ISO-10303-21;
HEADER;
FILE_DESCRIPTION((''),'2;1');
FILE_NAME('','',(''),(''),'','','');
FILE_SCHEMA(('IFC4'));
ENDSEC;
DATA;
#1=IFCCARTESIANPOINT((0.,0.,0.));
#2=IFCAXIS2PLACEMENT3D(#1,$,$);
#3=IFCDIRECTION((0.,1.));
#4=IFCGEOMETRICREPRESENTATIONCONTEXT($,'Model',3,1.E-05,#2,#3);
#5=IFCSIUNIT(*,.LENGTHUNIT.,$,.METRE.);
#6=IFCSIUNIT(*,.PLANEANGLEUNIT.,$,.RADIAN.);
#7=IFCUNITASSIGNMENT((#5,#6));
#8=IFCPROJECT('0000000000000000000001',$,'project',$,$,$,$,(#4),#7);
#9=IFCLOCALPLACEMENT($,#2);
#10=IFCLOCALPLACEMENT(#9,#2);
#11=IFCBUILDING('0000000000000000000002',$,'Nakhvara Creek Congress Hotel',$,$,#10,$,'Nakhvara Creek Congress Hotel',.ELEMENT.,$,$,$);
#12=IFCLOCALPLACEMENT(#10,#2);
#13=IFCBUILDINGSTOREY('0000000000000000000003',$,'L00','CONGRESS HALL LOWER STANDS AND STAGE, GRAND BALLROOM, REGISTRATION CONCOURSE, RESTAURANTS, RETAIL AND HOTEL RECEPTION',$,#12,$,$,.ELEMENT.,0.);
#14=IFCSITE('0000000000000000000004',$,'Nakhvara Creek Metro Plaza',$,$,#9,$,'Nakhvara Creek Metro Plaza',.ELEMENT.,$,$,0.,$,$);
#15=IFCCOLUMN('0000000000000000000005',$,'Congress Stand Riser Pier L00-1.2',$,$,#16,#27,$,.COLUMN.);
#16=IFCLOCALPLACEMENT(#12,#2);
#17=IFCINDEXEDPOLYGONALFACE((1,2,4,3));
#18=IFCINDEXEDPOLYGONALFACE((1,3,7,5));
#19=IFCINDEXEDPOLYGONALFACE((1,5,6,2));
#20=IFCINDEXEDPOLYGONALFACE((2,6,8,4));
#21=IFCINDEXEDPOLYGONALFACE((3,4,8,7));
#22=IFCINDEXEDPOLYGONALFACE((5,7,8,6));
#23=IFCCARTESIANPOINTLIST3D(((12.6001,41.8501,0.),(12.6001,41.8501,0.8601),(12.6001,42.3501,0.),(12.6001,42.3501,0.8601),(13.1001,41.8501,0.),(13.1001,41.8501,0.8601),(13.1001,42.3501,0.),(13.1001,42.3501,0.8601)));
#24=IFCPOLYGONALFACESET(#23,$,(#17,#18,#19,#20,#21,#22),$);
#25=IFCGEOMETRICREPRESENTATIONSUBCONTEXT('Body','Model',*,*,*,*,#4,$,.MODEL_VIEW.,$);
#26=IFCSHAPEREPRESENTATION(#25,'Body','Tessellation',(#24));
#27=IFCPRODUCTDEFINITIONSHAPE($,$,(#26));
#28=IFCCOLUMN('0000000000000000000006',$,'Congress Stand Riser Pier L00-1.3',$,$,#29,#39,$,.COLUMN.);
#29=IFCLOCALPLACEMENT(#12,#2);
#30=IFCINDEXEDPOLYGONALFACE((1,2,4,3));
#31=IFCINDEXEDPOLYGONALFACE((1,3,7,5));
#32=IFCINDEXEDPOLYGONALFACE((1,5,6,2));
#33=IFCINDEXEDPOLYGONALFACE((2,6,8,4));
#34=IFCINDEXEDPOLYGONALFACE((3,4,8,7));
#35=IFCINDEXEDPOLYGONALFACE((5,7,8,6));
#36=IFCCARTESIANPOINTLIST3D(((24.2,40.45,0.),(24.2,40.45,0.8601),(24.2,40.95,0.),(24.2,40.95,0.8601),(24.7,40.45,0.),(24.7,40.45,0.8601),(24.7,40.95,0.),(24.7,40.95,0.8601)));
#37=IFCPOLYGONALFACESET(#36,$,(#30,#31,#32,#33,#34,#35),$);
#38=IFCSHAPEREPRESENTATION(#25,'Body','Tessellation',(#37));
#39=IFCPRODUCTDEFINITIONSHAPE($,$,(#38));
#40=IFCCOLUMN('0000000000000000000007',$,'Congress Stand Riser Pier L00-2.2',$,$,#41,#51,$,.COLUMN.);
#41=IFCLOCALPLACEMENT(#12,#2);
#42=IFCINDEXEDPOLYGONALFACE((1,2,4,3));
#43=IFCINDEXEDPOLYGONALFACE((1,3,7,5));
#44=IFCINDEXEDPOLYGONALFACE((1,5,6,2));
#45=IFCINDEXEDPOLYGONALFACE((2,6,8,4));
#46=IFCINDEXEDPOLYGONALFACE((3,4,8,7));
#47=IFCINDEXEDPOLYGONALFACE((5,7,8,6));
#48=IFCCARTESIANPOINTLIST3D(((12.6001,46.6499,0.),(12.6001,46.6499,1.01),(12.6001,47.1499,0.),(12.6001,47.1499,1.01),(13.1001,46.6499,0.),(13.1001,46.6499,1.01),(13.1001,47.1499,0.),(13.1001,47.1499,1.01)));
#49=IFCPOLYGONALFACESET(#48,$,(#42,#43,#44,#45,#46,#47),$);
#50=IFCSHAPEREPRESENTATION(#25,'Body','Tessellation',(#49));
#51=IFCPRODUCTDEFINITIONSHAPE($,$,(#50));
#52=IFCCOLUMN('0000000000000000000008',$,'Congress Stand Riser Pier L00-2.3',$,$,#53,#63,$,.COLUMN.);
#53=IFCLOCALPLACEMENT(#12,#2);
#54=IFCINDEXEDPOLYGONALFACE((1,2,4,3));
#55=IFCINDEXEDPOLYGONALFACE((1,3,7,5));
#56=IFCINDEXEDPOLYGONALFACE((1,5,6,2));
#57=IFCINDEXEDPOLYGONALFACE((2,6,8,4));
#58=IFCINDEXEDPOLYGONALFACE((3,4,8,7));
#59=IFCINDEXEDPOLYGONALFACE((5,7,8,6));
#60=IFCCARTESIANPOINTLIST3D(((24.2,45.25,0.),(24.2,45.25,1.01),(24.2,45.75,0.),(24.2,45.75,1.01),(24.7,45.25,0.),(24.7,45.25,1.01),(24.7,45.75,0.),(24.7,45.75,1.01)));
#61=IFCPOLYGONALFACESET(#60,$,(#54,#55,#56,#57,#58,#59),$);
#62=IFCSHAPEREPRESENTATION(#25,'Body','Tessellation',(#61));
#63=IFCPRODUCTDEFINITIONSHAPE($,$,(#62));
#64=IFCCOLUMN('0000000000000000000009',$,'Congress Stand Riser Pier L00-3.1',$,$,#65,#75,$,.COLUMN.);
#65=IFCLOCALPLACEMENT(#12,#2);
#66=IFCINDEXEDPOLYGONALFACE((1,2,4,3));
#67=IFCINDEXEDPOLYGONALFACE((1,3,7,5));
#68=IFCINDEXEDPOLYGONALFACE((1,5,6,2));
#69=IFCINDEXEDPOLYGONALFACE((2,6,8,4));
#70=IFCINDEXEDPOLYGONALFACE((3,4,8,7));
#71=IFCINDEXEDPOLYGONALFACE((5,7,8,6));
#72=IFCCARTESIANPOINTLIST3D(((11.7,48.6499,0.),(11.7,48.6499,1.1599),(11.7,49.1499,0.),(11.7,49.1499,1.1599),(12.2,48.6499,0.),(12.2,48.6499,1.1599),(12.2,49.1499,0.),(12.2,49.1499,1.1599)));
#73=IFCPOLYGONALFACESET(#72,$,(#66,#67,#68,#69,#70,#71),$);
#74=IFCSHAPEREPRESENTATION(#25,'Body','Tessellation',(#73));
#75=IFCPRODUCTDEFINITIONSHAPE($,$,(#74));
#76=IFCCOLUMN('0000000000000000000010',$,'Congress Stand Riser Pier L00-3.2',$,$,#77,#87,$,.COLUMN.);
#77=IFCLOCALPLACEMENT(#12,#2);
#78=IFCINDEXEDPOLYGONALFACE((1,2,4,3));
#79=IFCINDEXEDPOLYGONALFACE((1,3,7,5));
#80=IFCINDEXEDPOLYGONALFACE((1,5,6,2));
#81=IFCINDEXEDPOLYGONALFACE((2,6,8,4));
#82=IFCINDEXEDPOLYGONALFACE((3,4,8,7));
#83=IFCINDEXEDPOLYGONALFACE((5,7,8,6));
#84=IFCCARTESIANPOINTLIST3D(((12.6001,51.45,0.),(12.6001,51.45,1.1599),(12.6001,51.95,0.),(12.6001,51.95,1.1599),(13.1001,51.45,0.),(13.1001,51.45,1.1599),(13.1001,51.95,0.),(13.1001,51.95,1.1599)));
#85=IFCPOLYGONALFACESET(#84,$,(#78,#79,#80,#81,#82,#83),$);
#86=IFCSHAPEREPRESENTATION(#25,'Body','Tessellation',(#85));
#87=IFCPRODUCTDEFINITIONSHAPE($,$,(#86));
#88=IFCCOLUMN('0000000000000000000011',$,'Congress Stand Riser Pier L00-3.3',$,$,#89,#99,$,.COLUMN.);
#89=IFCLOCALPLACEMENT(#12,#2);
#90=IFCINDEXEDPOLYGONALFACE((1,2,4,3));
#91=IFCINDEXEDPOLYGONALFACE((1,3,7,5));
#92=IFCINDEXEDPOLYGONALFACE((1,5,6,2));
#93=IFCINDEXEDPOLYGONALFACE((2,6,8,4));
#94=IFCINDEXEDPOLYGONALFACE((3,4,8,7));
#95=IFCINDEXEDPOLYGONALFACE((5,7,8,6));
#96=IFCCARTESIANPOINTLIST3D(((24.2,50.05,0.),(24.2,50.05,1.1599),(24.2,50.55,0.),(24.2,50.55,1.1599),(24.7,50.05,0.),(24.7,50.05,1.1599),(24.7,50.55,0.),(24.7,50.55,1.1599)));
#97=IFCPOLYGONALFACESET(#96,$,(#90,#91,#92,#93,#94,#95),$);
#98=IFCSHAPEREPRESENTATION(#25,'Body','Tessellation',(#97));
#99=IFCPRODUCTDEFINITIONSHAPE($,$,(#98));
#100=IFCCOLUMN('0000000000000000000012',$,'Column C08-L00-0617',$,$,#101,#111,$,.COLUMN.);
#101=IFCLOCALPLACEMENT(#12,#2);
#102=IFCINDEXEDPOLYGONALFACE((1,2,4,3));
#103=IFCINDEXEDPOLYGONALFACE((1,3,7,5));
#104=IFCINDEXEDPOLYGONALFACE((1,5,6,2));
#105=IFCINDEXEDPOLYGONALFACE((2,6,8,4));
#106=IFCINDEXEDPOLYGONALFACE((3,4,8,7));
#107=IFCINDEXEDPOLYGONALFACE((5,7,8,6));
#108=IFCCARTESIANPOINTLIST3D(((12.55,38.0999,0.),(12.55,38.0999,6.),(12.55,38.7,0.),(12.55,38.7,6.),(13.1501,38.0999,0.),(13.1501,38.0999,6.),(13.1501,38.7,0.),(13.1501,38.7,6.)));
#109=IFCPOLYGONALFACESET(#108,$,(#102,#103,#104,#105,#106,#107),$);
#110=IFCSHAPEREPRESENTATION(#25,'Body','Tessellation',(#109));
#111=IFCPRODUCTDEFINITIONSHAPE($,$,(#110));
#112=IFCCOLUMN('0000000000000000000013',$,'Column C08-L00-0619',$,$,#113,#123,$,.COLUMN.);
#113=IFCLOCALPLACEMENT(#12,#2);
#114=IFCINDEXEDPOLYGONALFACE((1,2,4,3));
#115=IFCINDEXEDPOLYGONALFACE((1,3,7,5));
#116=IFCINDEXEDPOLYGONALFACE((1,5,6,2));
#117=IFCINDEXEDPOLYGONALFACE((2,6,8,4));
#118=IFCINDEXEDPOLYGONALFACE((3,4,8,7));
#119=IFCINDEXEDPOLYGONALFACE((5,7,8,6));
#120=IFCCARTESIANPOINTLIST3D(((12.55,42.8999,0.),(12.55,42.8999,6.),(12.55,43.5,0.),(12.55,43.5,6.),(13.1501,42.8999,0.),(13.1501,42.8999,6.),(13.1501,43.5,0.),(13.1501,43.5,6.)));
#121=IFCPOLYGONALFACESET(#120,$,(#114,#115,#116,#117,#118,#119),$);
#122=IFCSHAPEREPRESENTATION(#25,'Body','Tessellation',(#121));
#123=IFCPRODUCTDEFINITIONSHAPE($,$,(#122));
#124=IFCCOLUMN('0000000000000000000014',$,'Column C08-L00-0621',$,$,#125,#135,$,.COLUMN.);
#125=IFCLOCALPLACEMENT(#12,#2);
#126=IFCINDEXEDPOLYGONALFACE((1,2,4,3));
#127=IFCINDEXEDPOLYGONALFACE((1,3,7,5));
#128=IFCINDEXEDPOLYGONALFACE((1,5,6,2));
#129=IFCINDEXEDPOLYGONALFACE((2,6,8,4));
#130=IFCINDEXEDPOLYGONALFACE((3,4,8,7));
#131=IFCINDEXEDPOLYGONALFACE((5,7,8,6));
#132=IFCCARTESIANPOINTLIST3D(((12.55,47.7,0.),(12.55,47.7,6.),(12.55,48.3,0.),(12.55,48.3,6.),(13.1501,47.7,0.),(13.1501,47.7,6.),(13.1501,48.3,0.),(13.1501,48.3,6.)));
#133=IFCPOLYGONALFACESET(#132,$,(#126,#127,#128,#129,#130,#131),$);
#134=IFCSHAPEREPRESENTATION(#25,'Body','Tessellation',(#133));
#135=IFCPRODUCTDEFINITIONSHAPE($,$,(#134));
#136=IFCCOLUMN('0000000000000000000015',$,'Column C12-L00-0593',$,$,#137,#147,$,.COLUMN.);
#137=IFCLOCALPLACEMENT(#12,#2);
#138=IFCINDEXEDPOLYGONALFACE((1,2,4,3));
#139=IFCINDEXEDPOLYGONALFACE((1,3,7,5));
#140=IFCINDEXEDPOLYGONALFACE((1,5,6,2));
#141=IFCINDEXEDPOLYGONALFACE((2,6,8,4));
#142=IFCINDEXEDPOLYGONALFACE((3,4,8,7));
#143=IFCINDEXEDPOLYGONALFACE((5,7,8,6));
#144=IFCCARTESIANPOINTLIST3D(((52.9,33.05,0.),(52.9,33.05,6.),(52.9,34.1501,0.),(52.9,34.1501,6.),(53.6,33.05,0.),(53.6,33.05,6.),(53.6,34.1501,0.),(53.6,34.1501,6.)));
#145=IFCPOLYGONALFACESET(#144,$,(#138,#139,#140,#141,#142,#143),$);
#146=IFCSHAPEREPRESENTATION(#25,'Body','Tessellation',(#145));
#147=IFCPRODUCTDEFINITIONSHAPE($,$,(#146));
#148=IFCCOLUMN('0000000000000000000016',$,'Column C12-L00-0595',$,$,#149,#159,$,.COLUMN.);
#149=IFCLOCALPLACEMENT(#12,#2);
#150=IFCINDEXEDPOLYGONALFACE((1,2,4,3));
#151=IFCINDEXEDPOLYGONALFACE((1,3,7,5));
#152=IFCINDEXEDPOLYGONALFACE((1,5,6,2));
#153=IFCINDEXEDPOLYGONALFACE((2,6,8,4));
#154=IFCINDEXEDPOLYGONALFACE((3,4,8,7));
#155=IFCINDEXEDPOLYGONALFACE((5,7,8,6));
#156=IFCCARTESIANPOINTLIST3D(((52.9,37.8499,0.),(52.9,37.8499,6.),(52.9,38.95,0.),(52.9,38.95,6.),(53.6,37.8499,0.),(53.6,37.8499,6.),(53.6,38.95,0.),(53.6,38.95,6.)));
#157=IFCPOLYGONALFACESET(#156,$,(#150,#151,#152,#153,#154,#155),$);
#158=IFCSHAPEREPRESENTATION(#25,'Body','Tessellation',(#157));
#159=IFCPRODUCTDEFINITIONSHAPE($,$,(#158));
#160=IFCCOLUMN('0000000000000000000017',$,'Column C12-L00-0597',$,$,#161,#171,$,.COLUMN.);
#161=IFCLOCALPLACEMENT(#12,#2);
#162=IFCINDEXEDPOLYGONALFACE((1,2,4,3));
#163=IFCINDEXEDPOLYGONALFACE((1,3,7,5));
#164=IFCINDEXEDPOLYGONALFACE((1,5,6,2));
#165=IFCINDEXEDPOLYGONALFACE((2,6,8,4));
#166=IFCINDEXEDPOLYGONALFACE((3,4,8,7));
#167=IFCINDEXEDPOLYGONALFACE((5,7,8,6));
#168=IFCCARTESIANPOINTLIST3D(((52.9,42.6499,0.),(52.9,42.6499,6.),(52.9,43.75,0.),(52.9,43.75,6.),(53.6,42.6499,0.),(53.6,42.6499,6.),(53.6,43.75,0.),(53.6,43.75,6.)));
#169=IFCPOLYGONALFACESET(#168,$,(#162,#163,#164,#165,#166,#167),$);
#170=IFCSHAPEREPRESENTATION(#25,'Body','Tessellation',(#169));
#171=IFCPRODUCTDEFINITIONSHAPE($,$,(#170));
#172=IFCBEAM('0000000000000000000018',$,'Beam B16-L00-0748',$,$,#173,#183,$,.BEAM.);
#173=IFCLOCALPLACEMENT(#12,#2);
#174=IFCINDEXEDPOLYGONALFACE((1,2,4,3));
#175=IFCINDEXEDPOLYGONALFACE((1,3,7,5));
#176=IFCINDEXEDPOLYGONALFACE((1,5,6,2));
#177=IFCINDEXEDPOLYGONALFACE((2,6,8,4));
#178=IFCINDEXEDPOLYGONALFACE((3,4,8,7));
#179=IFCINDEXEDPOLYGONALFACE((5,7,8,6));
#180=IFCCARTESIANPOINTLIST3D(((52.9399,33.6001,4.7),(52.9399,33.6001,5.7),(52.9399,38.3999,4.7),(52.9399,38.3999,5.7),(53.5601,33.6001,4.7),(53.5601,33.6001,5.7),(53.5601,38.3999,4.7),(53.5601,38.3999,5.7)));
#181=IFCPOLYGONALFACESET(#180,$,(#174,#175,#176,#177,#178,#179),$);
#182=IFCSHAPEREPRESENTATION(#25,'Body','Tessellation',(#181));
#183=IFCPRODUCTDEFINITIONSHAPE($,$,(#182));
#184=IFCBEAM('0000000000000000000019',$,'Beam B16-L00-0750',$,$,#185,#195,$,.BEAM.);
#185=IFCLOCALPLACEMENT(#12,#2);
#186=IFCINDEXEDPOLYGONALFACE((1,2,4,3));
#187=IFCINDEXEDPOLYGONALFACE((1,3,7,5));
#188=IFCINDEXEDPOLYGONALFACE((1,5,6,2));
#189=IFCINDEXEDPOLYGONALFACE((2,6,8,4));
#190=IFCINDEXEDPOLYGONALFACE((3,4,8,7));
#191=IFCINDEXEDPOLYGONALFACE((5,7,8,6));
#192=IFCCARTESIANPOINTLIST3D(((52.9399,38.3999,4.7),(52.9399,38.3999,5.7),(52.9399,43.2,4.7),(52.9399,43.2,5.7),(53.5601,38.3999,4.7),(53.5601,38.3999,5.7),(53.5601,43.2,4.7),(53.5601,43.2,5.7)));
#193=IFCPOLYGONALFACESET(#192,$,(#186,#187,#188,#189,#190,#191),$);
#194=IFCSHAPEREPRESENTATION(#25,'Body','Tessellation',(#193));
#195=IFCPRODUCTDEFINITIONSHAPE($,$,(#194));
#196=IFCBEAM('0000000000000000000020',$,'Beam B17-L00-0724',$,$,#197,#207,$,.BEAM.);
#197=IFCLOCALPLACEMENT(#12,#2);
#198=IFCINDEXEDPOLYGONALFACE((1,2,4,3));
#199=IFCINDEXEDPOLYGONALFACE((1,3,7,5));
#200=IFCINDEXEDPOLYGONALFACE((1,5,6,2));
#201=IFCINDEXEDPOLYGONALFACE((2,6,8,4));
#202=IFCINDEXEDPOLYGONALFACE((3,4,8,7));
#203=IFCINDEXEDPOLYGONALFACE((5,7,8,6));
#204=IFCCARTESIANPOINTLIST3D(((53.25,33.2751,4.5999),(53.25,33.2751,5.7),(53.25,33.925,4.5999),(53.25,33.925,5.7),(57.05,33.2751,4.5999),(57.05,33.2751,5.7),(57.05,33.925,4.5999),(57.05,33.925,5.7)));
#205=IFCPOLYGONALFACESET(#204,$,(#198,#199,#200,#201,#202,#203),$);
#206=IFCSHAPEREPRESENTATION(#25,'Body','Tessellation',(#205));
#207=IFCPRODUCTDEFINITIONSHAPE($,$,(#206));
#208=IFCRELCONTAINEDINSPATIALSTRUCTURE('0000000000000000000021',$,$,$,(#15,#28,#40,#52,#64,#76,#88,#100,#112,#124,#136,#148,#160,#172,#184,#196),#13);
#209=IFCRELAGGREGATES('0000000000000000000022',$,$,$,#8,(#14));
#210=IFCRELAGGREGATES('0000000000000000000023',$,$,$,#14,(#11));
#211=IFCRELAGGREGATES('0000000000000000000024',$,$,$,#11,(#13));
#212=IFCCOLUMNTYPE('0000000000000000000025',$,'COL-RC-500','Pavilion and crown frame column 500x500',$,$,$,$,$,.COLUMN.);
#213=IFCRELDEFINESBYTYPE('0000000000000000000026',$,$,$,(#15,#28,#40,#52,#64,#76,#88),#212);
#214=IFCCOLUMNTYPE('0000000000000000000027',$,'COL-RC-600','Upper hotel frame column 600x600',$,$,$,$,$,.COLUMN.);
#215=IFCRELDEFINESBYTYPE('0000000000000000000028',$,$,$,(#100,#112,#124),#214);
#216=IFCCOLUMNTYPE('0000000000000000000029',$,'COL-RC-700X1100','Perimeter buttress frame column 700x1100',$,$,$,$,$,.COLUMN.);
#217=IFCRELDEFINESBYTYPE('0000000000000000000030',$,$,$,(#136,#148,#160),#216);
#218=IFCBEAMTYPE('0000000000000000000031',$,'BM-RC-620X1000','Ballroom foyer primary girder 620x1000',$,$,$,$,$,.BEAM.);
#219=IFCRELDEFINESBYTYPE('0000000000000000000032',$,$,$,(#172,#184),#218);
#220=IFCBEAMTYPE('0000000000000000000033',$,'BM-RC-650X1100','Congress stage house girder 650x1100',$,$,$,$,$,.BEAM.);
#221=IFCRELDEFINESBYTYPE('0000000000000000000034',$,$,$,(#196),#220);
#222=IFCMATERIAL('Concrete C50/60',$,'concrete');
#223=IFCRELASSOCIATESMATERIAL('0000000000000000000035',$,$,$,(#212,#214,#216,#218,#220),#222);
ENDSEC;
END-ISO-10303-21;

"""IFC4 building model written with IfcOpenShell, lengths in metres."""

from ifc_helpers import new_model, si_unit, direction, frame, origin, origin_2d, place, context, subcontext, project, spatial, rectangle, extrude, material, material_profile, profile_set, type_object, element, save


model = new_model("IFC4")

# Units and contexts
model_context = context("Model", 3, precision=1e-05, world=origin(), true_north=direction((0.0, 1.0)))
body_context = subcontext(model_context, "Body", "Model", "MODEL_VIEW")
ifc_project = project(units=[si_unit("LENGTHUNIT", "METRE"), si_unit("PLANEANGLEUNIT", "RADIAN")], contexts=[model_context])

# Site, building, storey
site_placement = place(None, origin())
site = spatial("IfcSite", under=ifc_project, at=site_placement, Name="Nakhvara Creek Metro Plaza", LongName="Nakhvara Creek Metro Plaza", CompositionType="ELEMENT", RefElevation=0.0)
building_placement = place(site_placement, origin())
building = spatial("IfcBuilding", under=site, at=building_placement, Name="Nakhvara Creek Congress Hotel", LongName="Nakhvara Creek Congress Hotel", CompositionType="ELEMENT")
storey_placement = place(building_placement, origin())
storey = spatial("IfcBuildingStorey", under=building, at=storey_placement, Name="L00", Description="CONGRESS HALL LOWER STANDS AND STAGE, GRAND BALLROOM, REGISTRATION CONCOURSE, RESTAURANTS, RETAIL AND HOTEL RECEPTION", CompositionType="ELEMENT", Elevation=0.0)

# Columns
ifc_material_1 = material(Name="Concrete C50/60", Category="concrete")
ifc_material_profile_1 = material_profile(ifc_material_1, rectangle(XDim=0.5, YDim=0.5, at=origin_2d()), Name="RC-COL 500x500", Category="LoadBearing")
ifc_profile_set_1 = profile_set([ifc_material_profile_1], Name="Concrete C50/60")
column_type_1 = type_object("IfcColumnType", Name="COL-RC-500", Description="Pavilion and crown frame column 500x500", PredefinedType="COLUMN", material=ifc_profile_set_1)
for number, where, z_axis, x_axis, name in (
    (1, (12.8501, 42.1001, 0.0), (0.0, 0.0, 1.0), (1.0, 0.0, 0.0), "Congress Stand Riser Pier L00-1.2"),
    (2, (24.45, 40.7, 0.0), (0.0, 0.0, 1.0), (1.0, 0.0, 0.0), "Congress Stand Riser Pier L00-1.3"),
):
    element("IfcColumn", number, at=place(storey_placement, frame(where, z_axis=z_axis, x_axis=x_axis)), inside=storey, type_object=column_type_1, Name=name, PredefinedType="COLUMN", context=body_context, shape_type="SweptSolid", body=[
        extrude(rectangle(XDim=0.5, YDim=0.5, at=origin_2d()), origin(), (0.0, 0.0, 1.0), 0.8601),
    ])
for number, where, z_axis, x_axis, name in (
    (3, (12.8501, 46.8999, 0.0), (0.0, 0.0, 1.0), (1.0, 0.0, 0.0), "Congress Stand Riser Pier L00-2.2"),
    (4, (24.45, 45.5, 0.0), (0.0, 0.0, 1.0), (1.0, 0.0, 0.0), "Congress Stand Riser Pier L00-2.3"),
):
    element("IfcColumn", number, at=place(storey_placement, frame(where, z_axis=z_axis, x_axis=x_axis)), inside=storey, type_object=column_type_1, Name=name, PredefinedType="COLUMN", context=body_context, shape_type="SweptSolid", body=[
        extrude(rectangle(XDim=0.5, YDim=0.5, at=origin_2d()), origin(), (0.0, 0.0, 1.0), 1.01),
    ])
for number, where, z_axis, x_axis, name in (
    (5, (11.95, 48.8999, 0.0), (0.0, 0.0, 1.0), (1.0, 0.0, 0.0), "Congress Stand Riser Pier L00-3.1"),
    (6, (12.8501, 51.7, 0.0), (0.0, 0.0, 1.0), (1.0, 0.0, 0.0), "Congress Stand Riser Pier L00-3.2"),
    (7, (24.45, 50.3, 0.0), (0.0, 0.0, 1.0), (1.0, 0.0, 0.0), "Congress Stand Riser Pier L00-3.3"),
):
    element("IfcColumn", number, at=place(storey_placement, frame(where, z_axis=z_axis, x_axis=x_axis)), inside=storey, type_object=column_type_1, Name=name, PredefinedType="COLUMN", context=body_context, shape_type="SweptSolid", body=[
        extrude(rectangle(XDim=0.5, YDim=0.5, at=origin_2d()), origin(), (0.0, 0.0, 1.0), 1.1599),
    ])
ifc_material_profile_2 = material_profile(ifc_material_1, rectangle(XDim=0.6001, YDim=0.6001, at=origin_2d()), Name="RC-COL 600x600", Category="LoadBearing")
ifc_profile_set_2 = profile_set([ifc_material_profile_2], Name="Concrete C50/60")
column_type_2 = type_object("IfcColumnType", Name="COL-RC-600", Description="Upper hotel frame column 600x600", PredefinedType="COLUMN", material=ifc_profile_set_2)
for number, where, z_axis, x_axis, name in (
    (8, (12.8501, 38.3999, 0.0), (0.0, 0.0, 1.0), (1.0, 0.0, 0.0), "Column C08-L00-0617"),
    (9, (12.8501, 43.2, 0.0), (0.0, 0.0, 1.0), (1.0, 0.0, 0.0), "Column C08-L00-0619"),
    (10, (12.8501, 48.0, 0.0), (0.0, 0.0, 1.0), (1.0, 0.0, 0.0), "Column C08-L00-0621"),
):
    element("IfcColumn", number, at=place(storey_placement, frame(where, z_axis=z_axis, x_axis=x_axis)), inside=storey, type_object=column_type_2, Name=name, PredefinedType="COLUMN", context=body_context, shape_type="SweptSolid", body=[
        extrude(rectangle(XDim=0.6001, YDim=0.6001, at=origin_2d()), origin(), (0.0, 0.0, 1.0), 6.0),
    ])
ifc_material_profile_3 = material_profile(ifc_material_1, rectangle(XDim=0.7, YDim=1.1001, at=origin_2d()), Name="RC-COL 700x1100", Category="LoadBearing")
ifc_profile_set_3 = profile_set([ifc_material_profile_3], Name="Concrete C50/60")
column_type_3 = type_object("IfcColumnType", Name="COL-RC-700X1100", Description="Perimeter buttress frame column 700x1100", PredefinedType="COLUMN", material=ifc_profile_set_3)
for number, where, z_axis, x_axis, name in (
    (11, (53.25, 33.6001, 0.0), (0.0, 0.0, 1.0), (1.0, 0.0, 0.0), "Column C12-L00-0593"),
    (12, (53.25, 38.3999, 0.0), (0.0, 0.0, 1.0), (1.0, 0.0, 0.0), "Column C12-L00-0595"),
    (13, (53.25, 43.2, 0.0), (0.0, 0.0, 1.0), (1.0, 0.0, 0.0), "Column C12-L00-0597"),
):
    element("IfcColumn", number, at=place(storey_placement, frame(where, z_axis=z_axis, x_axis=x_axis)), inside=storey, type_object=column_type_3, Name=name, PredefinedType="COLUMN", context=body_context, shape_type="SweptSolid", body=[
        extrude(rectangle(XDim=0.7, YDim=1.1001, at=origin_2d()), origin(), (0.0, 0.0, 1.0), 6.0),
    ])

# Beams
ifc_material_profile_4 = material_profile(ifc_material_1, rectangle(XDim=0.6201, YDim=1.0, at=origin_2d()), Name="RC-BM 620x1000", Category="LoadBearing")
ifc_profile_set_4 = profile_set([ifc_material_profile_4], Name="Concrete C50/60")
beam_type_1 = type_object("IfcBeamType", Name="BM-RC-620X1000", Description="Ballroom foyer primary girder 620x1000", PredefinedType="BEAM", material=ifc_profile_set_4)
beam_1_placement = place(storey_placement, frame((53.25, 33.6001, 5.2), z_axis=(0.0, 1.0, 0.0), x_axis=(-1.0, 0.0, 0.0)))
element("IfcBeam", 14, at=beam_1_placement, inside=storey, type_object=beam_type_1, Name="Beam B16-L00-0748", PredefinedType="BEAM", context=body_context, shape_type="SweptSolid", body=[
    extrude(rectangle(XDim=0.6201, YDim=1.0, at=origin_2d()), origin(), (0.0, 0.0, 1.0), 4.7998),
])
beam_2_placement = place(storey_placement, frame((53.25, 38.3999, 5.2), z_axis=(0.0, 1.0, 0.0), x_axis=(-1.0, 0.0, 0.0)))
element("IfcBeam", 15, at=beam_2_placement, inside=storey, type_object=beam_type_1, Name="Beam B16-L00-0750", PredefinedType="BEAM", context=body_context, shape_type="SweptSolid", body=[
    extrude(rectangle(XDim=0.6201, YDim=1.0, at=origin_2d()), origin(), (0.0, 0.0, 1.0), 4.8),
])
ifc_material_profile_5 = material_profile(ifc_material_1, rectangle(XDim=0.6499, YDim=1.1001, at=origin_2d()), Name="RC-BM 650x1100", Category="LoadBearing")
ifc_profile_set_5 = profile_set([ifc_material_profile_5], Name="Concrete C50/60")
beam_type_2 = type_object("IfcBeamType", Name="BM-RC-650X1100", Description="Congress stage house girder 650x1100", PredefinedType="BEAM", material=ifc_profile_set_5)
for number, where, z_axis, x_axis, name in (
    (16, (53.25, 33.6001, 5.1499), (1.0, 0.0, 0.0), (0.0, 1.0, 0.0), "Beam B17-L00-0724"),
):
    element("IfcBeam", number, at=place(storey_placement, frame(where, z_axis=z_axis, x_axis=x_axis)), inside=storey, type_object=beam_type_2, Name=name, PredefinedType="BEAM", context=body_context, shape_type="SweptSolid", body=[
        extrude(rectangle(XDim=0.6499, YDim=1.1001, at=origin_2d()), origin(), (0.0, 0.0, 1.0), 3.8),
    ])

save(model, "model.ifc")
